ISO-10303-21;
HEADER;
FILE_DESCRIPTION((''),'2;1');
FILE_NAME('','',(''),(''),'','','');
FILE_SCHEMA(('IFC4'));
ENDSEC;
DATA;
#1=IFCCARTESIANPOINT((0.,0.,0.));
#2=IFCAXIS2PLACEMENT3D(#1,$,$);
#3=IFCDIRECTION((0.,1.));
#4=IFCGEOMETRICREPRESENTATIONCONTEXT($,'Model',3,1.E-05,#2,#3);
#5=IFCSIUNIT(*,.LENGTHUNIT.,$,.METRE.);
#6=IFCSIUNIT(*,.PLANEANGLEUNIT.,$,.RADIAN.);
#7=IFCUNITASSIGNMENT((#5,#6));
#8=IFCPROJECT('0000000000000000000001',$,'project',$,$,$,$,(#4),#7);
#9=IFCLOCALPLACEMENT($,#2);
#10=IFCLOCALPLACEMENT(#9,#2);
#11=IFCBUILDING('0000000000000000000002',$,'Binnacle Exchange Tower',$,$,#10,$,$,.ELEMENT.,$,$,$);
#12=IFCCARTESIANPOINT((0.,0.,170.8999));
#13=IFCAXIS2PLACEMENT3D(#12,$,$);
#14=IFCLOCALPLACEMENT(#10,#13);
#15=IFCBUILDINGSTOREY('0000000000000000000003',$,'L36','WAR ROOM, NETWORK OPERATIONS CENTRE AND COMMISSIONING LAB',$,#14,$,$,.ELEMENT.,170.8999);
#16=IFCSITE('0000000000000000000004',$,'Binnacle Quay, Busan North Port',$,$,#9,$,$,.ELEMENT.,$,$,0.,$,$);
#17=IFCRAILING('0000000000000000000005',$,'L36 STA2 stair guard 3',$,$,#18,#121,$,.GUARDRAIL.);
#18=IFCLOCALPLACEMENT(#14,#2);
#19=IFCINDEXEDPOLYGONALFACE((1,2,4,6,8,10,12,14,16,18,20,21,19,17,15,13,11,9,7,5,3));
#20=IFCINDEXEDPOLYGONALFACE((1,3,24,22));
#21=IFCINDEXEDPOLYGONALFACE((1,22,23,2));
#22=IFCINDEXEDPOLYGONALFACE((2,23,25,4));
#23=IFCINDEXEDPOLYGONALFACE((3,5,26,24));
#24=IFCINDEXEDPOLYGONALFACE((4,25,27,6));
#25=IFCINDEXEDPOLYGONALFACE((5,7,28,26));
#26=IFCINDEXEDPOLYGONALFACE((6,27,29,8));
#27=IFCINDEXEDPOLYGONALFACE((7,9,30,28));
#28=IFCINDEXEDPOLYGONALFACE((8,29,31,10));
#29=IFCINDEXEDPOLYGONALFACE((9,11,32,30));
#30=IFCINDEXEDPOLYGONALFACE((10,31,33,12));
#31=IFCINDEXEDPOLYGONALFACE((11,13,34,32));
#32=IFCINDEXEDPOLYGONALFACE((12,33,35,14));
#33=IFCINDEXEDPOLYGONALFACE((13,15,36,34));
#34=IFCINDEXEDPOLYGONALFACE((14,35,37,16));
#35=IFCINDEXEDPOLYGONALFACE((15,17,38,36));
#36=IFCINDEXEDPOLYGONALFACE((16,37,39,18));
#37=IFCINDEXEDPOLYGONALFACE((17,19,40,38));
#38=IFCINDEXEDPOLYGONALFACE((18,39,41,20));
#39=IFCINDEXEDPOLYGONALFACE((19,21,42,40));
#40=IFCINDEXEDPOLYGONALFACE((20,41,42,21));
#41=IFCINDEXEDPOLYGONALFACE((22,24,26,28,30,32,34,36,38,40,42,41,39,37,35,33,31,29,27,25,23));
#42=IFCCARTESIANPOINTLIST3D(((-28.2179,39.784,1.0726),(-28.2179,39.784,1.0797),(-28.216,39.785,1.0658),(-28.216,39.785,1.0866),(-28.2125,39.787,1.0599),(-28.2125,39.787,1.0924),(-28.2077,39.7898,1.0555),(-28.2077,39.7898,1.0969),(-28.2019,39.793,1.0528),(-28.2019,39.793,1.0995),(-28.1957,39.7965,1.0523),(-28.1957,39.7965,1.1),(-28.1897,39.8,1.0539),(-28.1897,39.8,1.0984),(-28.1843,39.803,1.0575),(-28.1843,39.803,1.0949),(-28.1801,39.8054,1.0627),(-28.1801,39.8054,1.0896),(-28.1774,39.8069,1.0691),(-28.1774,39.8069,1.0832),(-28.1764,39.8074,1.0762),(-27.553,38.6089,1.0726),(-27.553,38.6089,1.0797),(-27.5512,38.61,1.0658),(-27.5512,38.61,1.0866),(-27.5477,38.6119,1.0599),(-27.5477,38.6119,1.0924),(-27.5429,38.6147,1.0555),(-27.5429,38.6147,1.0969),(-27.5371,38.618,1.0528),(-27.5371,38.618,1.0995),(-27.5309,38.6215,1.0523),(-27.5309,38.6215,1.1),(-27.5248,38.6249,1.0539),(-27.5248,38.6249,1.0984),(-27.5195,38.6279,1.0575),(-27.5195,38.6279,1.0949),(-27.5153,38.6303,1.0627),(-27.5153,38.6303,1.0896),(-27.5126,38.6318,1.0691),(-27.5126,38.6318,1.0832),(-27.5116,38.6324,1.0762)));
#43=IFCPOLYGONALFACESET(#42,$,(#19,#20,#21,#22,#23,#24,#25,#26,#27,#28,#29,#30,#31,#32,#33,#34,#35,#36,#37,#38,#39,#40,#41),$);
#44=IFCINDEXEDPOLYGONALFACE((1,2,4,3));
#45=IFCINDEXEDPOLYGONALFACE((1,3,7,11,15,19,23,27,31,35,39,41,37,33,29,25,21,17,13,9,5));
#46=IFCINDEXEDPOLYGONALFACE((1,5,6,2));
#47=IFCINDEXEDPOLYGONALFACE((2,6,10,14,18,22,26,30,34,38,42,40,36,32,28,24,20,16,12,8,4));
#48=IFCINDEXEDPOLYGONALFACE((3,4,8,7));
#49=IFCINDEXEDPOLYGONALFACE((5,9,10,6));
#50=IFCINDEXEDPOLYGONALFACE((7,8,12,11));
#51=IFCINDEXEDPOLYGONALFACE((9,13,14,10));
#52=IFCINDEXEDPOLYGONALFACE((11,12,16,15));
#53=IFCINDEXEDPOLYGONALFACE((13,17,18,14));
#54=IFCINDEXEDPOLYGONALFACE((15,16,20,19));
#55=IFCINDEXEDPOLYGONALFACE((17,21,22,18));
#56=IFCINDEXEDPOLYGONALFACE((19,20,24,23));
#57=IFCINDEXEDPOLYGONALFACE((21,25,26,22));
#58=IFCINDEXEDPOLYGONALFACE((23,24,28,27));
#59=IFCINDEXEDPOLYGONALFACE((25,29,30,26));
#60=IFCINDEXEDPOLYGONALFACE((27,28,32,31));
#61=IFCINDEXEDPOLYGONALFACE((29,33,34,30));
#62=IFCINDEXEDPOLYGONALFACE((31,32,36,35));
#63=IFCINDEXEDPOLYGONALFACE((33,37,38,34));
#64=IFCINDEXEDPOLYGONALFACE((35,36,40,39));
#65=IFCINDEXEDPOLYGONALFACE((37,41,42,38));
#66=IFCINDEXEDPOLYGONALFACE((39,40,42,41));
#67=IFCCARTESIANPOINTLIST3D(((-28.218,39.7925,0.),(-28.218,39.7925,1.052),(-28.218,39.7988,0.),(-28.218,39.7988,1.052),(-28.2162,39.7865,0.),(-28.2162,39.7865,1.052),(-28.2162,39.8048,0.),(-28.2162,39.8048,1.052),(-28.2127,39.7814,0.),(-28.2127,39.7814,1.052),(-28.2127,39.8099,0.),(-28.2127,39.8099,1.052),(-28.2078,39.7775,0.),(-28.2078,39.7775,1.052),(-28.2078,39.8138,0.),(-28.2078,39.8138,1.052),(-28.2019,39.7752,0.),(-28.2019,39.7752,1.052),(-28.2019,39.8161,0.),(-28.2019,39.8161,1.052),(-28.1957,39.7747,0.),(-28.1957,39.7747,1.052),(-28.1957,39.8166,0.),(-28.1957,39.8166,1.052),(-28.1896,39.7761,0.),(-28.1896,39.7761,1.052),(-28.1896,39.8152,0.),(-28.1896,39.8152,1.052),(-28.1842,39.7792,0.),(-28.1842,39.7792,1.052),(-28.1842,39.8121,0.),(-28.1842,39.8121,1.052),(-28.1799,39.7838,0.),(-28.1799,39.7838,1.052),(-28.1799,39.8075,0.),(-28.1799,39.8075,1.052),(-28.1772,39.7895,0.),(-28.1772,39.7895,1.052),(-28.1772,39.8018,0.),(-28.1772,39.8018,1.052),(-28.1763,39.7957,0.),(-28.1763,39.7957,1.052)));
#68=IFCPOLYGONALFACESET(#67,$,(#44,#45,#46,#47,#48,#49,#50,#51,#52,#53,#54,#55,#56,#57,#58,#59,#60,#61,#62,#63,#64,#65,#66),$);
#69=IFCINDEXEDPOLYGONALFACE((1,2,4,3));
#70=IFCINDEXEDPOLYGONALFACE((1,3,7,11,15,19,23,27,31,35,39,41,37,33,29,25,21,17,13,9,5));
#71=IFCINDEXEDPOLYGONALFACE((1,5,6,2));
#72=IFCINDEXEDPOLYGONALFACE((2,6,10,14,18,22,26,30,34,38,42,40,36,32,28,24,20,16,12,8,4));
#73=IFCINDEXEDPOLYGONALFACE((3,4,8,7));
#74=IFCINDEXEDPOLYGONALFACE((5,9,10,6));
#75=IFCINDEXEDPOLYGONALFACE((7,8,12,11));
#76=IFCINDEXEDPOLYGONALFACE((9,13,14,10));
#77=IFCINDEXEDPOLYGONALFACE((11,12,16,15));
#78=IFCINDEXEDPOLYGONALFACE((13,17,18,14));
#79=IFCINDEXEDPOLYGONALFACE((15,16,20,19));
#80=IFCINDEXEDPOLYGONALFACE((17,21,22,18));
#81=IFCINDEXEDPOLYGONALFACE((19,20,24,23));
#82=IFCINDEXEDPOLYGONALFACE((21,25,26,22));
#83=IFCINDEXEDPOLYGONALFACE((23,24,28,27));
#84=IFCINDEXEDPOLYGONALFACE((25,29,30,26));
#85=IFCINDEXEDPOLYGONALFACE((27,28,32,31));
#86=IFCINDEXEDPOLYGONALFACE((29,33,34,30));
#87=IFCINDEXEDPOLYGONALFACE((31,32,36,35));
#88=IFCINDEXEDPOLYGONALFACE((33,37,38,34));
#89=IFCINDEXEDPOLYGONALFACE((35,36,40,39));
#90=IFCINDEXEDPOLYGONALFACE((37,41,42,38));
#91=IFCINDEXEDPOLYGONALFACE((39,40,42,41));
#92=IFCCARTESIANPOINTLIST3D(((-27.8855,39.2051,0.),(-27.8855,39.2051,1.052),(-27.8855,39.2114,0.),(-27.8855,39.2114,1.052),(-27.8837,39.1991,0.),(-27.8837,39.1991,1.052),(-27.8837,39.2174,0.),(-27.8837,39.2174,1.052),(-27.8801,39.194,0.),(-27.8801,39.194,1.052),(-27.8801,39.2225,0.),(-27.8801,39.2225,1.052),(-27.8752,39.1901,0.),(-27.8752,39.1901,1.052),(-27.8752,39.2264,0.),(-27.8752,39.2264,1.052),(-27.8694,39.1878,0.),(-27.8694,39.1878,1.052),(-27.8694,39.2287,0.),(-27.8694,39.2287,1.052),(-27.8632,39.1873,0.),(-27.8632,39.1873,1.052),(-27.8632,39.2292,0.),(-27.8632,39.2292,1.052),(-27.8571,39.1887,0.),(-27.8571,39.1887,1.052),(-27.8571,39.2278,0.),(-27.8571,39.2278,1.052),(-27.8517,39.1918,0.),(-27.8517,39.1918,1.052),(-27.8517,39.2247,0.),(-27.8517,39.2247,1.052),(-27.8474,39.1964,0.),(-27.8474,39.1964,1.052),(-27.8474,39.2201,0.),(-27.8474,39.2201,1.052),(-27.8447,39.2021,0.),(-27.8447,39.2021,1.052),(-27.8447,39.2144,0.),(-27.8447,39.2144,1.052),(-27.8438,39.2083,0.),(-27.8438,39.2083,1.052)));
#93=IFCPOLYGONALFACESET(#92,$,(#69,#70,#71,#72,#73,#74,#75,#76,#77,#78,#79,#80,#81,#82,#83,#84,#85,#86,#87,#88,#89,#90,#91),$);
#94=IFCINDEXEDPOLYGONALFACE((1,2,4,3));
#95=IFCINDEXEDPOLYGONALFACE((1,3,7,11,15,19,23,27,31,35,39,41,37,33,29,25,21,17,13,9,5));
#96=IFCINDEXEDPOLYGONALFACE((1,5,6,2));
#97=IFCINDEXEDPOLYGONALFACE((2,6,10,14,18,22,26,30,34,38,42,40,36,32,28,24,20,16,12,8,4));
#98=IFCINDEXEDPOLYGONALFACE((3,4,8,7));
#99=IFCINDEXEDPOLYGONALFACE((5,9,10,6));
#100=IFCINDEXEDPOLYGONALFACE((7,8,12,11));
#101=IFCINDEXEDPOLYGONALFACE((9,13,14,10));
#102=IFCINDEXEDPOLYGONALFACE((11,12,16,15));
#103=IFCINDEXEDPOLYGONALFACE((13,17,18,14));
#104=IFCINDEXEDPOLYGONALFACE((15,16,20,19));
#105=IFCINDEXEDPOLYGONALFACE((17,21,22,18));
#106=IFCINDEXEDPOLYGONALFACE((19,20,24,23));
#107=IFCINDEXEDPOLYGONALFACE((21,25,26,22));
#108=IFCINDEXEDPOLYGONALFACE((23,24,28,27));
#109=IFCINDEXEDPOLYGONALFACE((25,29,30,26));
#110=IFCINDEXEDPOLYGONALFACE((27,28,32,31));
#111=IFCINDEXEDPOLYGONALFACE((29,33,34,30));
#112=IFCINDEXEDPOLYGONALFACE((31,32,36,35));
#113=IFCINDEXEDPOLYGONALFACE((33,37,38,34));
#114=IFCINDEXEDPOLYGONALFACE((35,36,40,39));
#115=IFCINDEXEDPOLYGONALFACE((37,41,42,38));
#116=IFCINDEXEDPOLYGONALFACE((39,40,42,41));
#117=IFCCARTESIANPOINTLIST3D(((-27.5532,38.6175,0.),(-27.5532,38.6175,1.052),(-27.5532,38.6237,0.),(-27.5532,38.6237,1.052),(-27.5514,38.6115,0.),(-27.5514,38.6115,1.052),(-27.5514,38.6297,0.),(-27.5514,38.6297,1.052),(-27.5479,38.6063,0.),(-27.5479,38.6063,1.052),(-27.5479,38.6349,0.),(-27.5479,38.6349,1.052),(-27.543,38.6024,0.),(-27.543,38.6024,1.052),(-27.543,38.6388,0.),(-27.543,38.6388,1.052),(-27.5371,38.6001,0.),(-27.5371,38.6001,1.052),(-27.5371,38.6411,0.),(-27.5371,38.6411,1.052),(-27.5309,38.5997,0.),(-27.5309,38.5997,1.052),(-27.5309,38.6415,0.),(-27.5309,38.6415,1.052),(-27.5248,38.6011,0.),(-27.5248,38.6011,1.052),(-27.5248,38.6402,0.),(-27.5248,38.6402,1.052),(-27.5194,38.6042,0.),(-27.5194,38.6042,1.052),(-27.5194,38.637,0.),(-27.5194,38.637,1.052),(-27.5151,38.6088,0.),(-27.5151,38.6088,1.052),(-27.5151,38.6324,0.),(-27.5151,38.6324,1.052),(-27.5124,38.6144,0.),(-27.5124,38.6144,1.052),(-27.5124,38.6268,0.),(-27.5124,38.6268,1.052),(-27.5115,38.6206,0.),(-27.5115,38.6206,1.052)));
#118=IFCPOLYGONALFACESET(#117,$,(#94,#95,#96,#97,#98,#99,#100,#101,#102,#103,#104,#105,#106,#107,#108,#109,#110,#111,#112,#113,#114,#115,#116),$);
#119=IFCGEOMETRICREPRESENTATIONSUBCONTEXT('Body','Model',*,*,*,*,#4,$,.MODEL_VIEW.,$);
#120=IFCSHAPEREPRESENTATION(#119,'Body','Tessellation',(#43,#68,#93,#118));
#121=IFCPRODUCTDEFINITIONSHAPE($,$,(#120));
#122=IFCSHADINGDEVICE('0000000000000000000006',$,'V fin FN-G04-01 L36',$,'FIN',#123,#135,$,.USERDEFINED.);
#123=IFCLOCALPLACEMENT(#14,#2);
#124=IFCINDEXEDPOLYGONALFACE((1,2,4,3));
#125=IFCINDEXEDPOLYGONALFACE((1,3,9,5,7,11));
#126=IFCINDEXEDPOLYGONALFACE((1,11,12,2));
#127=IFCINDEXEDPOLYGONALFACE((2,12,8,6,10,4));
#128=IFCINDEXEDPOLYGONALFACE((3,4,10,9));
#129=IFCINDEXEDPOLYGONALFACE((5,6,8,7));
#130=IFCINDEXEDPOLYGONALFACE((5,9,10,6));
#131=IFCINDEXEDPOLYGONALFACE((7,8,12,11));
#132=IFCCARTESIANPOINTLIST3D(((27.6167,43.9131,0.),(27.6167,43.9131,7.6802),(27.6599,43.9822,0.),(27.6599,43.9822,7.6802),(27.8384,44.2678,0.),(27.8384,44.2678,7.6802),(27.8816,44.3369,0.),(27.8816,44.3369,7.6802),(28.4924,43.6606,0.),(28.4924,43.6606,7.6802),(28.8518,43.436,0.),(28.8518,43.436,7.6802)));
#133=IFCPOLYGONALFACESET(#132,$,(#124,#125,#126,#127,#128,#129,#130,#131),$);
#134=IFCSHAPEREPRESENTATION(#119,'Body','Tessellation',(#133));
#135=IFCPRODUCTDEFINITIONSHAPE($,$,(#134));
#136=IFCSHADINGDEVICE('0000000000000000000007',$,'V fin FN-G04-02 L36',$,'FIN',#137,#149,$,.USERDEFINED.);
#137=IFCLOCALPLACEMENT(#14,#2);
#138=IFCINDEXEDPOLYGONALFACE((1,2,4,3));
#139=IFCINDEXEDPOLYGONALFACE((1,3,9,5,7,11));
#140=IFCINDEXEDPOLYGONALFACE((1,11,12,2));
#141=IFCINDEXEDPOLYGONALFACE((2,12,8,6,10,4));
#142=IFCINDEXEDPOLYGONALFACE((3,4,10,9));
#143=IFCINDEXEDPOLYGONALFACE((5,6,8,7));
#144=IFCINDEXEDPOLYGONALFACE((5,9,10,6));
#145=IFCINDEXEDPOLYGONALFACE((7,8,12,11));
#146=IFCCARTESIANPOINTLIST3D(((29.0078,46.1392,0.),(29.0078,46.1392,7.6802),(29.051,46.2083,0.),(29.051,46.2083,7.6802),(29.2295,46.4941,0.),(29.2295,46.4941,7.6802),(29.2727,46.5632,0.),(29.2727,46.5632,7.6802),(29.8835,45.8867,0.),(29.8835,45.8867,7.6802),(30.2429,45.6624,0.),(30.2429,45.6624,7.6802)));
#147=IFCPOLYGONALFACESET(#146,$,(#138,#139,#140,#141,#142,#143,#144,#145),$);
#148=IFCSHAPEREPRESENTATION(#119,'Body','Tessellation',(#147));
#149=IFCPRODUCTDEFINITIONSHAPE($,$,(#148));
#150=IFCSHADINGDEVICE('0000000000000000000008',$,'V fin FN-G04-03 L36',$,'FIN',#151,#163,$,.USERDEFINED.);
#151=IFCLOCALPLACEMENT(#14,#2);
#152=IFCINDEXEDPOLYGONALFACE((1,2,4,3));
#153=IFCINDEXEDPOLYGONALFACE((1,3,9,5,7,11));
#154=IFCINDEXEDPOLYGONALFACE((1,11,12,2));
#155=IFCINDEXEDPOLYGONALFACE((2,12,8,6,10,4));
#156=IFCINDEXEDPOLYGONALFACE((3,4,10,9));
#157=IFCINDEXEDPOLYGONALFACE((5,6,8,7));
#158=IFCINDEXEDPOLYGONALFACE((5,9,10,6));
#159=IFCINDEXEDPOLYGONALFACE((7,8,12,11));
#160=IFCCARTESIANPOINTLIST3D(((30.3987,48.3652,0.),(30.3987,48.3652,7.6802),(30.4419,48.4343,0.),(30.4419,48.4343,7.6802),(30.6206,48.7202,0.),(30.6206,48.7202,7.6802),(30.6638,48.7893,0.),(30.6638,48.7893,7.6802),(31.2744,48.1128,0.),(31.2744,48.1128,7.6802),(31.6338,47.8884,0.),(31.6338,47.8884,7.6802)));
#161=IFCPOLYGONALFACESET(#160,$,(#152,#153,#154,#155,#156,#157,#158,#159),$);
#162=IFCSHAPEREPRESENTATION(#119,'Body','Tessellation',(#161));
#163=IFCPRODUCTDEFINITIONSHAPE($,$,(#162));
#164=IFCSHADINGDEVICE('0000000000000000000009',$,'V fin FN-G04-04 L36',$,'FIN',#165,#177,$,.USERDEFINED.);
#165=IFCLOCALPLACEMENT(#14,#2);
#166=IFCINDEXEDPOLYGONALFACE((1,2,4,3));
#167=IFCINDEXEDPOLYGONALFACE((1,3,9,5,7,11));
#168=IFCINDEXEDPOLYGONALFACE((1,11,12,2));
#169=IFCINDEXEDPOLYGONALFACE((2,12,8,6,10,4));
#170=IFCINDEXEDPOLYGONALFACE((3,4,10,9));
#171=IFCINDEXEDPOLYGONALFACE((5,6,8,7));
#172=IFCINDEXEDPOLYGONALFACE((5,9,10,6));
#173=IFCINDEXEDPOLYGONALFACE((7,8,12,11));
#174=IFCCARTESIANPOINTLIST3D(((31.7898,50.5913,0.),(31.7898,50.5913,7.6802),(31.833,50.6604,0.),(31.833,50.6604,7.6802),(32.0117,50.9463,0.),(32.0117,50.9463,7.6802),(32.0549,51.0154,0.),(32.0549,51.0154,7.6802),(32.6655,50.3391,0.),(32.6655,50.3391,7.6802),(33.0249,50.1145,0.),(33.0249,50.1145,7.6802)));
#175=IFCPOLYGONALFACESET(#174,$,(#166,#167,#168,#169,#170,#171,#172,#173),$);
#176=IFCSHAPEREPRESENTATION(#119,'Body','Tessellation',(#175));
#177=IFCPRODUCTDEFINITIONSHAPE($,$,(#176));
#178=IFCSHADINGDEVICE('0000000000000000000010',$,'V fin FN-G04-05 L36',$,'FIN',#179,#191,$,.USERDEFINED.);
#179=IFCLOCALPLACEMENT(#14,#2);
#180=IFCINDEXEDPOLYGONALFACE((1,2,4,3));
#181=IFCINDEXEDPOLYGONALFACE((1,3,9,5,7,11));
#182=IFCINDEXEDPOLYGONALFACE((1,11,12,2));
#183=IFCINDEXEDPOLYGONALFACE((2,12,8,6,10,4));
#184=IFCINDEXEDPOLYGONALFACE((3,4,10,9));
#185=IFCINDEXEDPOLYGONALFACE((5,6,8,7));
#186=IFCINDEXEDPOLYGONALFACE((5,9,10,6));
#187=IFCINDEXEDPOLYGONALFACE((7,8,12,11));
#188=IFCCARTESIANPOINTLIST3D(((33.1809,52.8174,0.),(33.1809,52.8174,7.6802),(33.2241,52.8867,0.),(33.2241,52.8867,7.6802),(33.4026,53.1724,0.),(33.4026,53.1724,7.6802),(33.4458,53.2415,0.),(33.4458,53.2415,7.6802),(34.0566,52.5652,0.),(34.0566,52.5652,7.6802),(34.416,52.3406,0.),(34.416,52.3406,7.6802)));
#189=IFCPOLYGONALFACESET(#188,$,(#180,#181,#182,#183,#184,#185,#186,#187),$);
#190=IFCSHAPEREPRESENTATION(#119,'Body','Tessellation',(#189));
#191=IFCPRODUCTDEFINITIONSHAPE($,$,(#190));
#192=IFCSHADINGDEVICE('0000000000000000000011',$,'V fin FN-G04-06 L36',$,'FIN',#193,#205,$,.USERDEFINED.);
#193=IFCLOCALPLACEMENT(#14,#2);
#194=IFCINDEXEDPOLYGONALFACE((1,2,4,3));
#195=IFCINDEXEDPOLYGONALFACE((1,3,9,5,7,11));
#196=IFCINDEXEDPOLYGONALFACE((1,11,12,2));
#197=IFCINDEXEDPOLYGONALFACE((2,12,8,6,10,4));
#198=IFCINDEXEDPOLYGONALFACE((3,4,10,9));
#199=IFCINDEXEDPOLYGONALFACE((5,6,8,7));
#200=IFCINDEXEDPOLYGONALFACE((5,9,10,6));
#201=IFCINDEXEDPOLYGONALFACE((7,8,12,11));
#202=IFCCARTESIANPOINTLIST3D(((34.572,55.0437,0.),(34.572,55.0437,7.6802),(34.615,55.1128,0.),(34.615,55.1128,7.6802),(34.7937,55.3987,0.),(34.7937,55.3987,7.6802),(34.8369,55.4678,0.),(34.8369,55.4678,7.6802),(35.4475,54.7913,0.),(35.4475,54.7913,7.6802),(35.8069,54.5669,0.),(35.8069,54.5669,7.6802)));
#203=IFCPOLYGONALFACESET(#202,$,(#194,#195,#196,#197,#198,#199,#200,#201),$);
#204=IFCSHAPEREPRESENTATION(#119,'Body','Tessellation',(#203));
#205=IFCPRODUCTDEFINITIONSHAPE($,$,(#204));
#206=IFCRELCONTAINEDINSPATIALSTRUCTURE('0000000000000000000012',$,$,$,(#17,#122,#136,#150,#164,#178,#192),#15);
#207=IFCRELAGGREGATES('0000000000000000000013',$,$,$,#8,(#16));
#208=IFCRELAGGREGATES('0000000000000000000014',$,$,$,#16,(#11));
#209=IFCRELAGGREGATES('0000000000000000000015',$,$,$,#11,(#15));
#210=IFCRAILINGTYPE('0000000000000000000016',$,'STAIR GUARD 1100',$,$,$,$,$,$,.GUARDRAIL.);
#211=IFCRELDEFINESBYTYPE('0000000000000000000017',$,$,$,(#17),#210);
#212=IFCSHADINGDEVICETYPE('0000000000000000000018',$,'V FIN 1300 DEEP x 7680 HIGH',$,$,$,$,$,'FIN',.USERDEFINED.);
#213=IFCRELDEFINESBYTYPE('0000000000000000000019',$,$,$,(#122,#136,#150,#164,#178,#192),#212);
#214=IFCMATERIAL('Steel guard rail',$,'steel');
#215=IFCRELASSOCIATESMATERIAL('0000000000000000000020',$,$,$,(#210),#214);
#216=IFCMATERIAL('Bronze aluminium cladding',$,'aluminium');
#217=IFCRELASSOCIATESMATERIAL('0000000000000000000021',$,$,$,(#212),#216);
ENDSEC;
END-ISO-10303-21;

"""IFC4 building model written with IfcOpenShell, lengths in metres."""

from ifc_helpers import new_model, si_unit, direction, frame, origin, origin_2d, place, context, subcontext, project, spatial, polyline, circle, outline, extrude, material, type_object, element, save


model = new_model("IFC4")

# Units and contexts
model_context = context("Model", 3, precision=1e-05, world=origin(), true_north=direction((0.0, 1.0)))
body_context = subcontext(model_context, "Body", "Model", "MODEL_VIEW")
ifc_project = project(units=[si_unit("LENGTHUNIT", "METRE"), si_unit("PLANEANGLEUNIT", "RADIAN")], contexts=[model_context])

# Site, building, storey
site_placement = place(None, origin())
site = spatial("IfcSite", under=ifc_project, at=site_placement, Name="Binnacle Quay, Busan North Port", CompositionType="ELEMENT", RefElevation=0.0)
building_placement = place(site_placement, origin())
building = spatial("IfcBuilding", under=site, at=building_placement, Name="Binnacle Exchange Tower", CompositionType="ELEMENT")
storey_placement = place(building_placement, frame((0.0, 0.0, 170.8999)))
storey = spatial("IfcBuildingStorey", under=building, at=storey_placement, Name="L36", Description="WAR ROOM, NETWORK OPERATIONS CENTRE AND COMMISSIONING LAB", CompositionType="ELEMENT", Elevation=170.8999)

# Railing
ifc_material_1 = material(Name="Steel guard rail", Category="steel")
railing_type_1 = type_object("IfcRailingType", Name="STAIR GUARD 1100", PredefinedType="GUARDRAIL", material=ifc_material_1)
railing_1_placement = place(storey_placement, frame((-28.1973, 39.7957, 0.0)))
element("IfcRailing", 1, at=railing_1_placement, inside=storey, type_object=railing_type_1, Name="L36 STA2 stair guard 3", PredefinedType="GUARDRAIL", context=body_context, shape_type="SweptSolid", body=[
    extrude(circle(Radius=0.0239, at=origin_2d()), frame((0.0, 0.0, 1.0762), z_axis=(0.492415, -0.870361, 0.0), x_axis=(0.870361, 0.492415, 0.0)), (0.0, 0.0, 1.0), 1.3501),
    extrude(circle(Radius=0.021, at=origin_2d()), origin(), (0.0, 0.0, 1.0), 1.052),
    extrude(circle(Radius=0.021, at=origin_2d()), frame((0.3325, -0.5874, 0.0)), (0.0, 0.0, 1.0), 1.052),
    extrude(circle(Radius=0.021, at=origin_2d()), frame((0.6648, -1.175, 0.0)), (0.0, 0.0, 1.0), 1.052),
])

# Shading devices
ifc_material_2 = material(Name="Bronze aluminium cladding", Category="aluminium")
shading_device_type_1 = type_object("IfcShadingDeviceType", Name="V FIN 1300 DEEP x 7680 HIGH", ElementType="FIN", PredefinedType="USERDEFINED", material=ifc_material_2)
shading_device_1_placement = place(storey_placement, origin())
element("IfcShadingDevice", 2, at=shading_device_1_placement, inside=storey, type_object=shading_device_type_1, Name="V fin FN-G04-01 L36", ObjectType="FIN", PredefinedType="USERDEFINED", context=body_context, shape_type="SweptSolid", body=[
    extrude(outline(polyline([(27.6167, 43.9131), (28.8518, 43.436), (27.8816, 44.3369), (27.8384, 44.2678), (28.4924, 43.6606), (27.6599, 43.9822), (27.6167, 43.9131)])), origin(), (0.0, 0.0, 1.0), 7.6802),
])
shading_device_2_placement = place(storey_placement, origin())
element("IfcShadingDevice", 3, at=shading_device_2_placement, inside=storey, type_object=shading_device_type_1, Name="V fin FN-G04-02 L36", ObjectType="FIN", PredefinedType="USERDEFINED", context=body_context, shape_type="SweptSolid", body=[
    extrude(outline(polyline([(29.0078, 46.1392), (30.2429, 45.6624), (29.2727, 46.5632), (29.2295, 46.4941), (29.8835, 45.8867), (29.051, 46.2083), (29.0078, 46.1392)])), origin(), (0.0, 0.0, 1.0), 7.6802),
])
shading_device_3_placement = place(storey_placement, origin())
element("IfcShadingDevice", 4, at=shading_device_3_placement, inside=storey, type_object=shading_device_type_1, Name="V fin FN-G04-03 L36", ObjectType="FIN", PredefinedType="USERDEFINED", context=body_context, shape_type="SweptSolid", body=[
    extrude(outline(polyline([(30.3987, 48.3652), (31.6338, 47.8884), (30.6638, 48.7893), (30.6206, 48.7202), (31.2744, 48.1128), (30.4419, 48.4343), (30.3987, 48.3652)])), origin(), (0.0, 0.0, 1.0), 7.6802),
])
shading_device_4_placement = place(storey_placement, origin())
element("IfcShadingDevice", 5, at=shading_device_4_placement, inside=storey, type_object=shading_device_type_1, Name="V fin FN-G04-04 L36", ObjectType="FIN", PredefinedType="USERDEFINED", context=body_context, shape_type="SweptSolid", body=[
    extrude(outline(polyline([(31.7898, 50.5913), (33.0249, 50.1145), (32.0549, 51.0154), (32.0117, 50.9463), (32.6655, 50.3391), (31.833, 50.6604), (31.7898, 50.5913)])), origin(), (0.0, 0.0, 1.0), 7.6802),
])
shading_device_5_placement = place(storey_placement, origin())
element("IfcShadingDevice", 6, at=shading_device_5_placement, inside=storey, type_object=shading_device_type_1, Name="V fin FN-G04-05 L36", ObjectType="FIN", PredefinedType="USERDEFINED", context=body_context, shape_type="SweptSolid", body=[
    extrude(outline(polyline([(33.1809, 52.8174), (34.416, 52.3406), (33.4458, 53.2415), (33.4026, 53.1724), (34.0566, 52.5652), (33.2241, 52.8867), (33.1809, 52.8174)])), origin(), (0.0, 0.0, 1.0), 7.6802),
])
shading_device_6_placement = place(storey_placement, origin())
element("IfcShadingDevice", 7, at=shading_device_6_placement, inside=storey, type_object=shading_device_type_1, Name="V fin FN-G04-06 L36", ObjectType="FIN", PredefinedType="USERDEFINED", context=body_context, shape_type="SweptSolid", body=[
    extrude(outline(polyline([(34.572, 55.0437), (35.8069, 54.5669), (34.8369, 55.4678), (34.7937, 55.3987), (35.4475, 54.7913), (34.615, 55.1128), (34.572, 55.0437)])), origin(), (0.0, 0.0, 1.0), 7.6802),
])

save(model, "model.ifc")
